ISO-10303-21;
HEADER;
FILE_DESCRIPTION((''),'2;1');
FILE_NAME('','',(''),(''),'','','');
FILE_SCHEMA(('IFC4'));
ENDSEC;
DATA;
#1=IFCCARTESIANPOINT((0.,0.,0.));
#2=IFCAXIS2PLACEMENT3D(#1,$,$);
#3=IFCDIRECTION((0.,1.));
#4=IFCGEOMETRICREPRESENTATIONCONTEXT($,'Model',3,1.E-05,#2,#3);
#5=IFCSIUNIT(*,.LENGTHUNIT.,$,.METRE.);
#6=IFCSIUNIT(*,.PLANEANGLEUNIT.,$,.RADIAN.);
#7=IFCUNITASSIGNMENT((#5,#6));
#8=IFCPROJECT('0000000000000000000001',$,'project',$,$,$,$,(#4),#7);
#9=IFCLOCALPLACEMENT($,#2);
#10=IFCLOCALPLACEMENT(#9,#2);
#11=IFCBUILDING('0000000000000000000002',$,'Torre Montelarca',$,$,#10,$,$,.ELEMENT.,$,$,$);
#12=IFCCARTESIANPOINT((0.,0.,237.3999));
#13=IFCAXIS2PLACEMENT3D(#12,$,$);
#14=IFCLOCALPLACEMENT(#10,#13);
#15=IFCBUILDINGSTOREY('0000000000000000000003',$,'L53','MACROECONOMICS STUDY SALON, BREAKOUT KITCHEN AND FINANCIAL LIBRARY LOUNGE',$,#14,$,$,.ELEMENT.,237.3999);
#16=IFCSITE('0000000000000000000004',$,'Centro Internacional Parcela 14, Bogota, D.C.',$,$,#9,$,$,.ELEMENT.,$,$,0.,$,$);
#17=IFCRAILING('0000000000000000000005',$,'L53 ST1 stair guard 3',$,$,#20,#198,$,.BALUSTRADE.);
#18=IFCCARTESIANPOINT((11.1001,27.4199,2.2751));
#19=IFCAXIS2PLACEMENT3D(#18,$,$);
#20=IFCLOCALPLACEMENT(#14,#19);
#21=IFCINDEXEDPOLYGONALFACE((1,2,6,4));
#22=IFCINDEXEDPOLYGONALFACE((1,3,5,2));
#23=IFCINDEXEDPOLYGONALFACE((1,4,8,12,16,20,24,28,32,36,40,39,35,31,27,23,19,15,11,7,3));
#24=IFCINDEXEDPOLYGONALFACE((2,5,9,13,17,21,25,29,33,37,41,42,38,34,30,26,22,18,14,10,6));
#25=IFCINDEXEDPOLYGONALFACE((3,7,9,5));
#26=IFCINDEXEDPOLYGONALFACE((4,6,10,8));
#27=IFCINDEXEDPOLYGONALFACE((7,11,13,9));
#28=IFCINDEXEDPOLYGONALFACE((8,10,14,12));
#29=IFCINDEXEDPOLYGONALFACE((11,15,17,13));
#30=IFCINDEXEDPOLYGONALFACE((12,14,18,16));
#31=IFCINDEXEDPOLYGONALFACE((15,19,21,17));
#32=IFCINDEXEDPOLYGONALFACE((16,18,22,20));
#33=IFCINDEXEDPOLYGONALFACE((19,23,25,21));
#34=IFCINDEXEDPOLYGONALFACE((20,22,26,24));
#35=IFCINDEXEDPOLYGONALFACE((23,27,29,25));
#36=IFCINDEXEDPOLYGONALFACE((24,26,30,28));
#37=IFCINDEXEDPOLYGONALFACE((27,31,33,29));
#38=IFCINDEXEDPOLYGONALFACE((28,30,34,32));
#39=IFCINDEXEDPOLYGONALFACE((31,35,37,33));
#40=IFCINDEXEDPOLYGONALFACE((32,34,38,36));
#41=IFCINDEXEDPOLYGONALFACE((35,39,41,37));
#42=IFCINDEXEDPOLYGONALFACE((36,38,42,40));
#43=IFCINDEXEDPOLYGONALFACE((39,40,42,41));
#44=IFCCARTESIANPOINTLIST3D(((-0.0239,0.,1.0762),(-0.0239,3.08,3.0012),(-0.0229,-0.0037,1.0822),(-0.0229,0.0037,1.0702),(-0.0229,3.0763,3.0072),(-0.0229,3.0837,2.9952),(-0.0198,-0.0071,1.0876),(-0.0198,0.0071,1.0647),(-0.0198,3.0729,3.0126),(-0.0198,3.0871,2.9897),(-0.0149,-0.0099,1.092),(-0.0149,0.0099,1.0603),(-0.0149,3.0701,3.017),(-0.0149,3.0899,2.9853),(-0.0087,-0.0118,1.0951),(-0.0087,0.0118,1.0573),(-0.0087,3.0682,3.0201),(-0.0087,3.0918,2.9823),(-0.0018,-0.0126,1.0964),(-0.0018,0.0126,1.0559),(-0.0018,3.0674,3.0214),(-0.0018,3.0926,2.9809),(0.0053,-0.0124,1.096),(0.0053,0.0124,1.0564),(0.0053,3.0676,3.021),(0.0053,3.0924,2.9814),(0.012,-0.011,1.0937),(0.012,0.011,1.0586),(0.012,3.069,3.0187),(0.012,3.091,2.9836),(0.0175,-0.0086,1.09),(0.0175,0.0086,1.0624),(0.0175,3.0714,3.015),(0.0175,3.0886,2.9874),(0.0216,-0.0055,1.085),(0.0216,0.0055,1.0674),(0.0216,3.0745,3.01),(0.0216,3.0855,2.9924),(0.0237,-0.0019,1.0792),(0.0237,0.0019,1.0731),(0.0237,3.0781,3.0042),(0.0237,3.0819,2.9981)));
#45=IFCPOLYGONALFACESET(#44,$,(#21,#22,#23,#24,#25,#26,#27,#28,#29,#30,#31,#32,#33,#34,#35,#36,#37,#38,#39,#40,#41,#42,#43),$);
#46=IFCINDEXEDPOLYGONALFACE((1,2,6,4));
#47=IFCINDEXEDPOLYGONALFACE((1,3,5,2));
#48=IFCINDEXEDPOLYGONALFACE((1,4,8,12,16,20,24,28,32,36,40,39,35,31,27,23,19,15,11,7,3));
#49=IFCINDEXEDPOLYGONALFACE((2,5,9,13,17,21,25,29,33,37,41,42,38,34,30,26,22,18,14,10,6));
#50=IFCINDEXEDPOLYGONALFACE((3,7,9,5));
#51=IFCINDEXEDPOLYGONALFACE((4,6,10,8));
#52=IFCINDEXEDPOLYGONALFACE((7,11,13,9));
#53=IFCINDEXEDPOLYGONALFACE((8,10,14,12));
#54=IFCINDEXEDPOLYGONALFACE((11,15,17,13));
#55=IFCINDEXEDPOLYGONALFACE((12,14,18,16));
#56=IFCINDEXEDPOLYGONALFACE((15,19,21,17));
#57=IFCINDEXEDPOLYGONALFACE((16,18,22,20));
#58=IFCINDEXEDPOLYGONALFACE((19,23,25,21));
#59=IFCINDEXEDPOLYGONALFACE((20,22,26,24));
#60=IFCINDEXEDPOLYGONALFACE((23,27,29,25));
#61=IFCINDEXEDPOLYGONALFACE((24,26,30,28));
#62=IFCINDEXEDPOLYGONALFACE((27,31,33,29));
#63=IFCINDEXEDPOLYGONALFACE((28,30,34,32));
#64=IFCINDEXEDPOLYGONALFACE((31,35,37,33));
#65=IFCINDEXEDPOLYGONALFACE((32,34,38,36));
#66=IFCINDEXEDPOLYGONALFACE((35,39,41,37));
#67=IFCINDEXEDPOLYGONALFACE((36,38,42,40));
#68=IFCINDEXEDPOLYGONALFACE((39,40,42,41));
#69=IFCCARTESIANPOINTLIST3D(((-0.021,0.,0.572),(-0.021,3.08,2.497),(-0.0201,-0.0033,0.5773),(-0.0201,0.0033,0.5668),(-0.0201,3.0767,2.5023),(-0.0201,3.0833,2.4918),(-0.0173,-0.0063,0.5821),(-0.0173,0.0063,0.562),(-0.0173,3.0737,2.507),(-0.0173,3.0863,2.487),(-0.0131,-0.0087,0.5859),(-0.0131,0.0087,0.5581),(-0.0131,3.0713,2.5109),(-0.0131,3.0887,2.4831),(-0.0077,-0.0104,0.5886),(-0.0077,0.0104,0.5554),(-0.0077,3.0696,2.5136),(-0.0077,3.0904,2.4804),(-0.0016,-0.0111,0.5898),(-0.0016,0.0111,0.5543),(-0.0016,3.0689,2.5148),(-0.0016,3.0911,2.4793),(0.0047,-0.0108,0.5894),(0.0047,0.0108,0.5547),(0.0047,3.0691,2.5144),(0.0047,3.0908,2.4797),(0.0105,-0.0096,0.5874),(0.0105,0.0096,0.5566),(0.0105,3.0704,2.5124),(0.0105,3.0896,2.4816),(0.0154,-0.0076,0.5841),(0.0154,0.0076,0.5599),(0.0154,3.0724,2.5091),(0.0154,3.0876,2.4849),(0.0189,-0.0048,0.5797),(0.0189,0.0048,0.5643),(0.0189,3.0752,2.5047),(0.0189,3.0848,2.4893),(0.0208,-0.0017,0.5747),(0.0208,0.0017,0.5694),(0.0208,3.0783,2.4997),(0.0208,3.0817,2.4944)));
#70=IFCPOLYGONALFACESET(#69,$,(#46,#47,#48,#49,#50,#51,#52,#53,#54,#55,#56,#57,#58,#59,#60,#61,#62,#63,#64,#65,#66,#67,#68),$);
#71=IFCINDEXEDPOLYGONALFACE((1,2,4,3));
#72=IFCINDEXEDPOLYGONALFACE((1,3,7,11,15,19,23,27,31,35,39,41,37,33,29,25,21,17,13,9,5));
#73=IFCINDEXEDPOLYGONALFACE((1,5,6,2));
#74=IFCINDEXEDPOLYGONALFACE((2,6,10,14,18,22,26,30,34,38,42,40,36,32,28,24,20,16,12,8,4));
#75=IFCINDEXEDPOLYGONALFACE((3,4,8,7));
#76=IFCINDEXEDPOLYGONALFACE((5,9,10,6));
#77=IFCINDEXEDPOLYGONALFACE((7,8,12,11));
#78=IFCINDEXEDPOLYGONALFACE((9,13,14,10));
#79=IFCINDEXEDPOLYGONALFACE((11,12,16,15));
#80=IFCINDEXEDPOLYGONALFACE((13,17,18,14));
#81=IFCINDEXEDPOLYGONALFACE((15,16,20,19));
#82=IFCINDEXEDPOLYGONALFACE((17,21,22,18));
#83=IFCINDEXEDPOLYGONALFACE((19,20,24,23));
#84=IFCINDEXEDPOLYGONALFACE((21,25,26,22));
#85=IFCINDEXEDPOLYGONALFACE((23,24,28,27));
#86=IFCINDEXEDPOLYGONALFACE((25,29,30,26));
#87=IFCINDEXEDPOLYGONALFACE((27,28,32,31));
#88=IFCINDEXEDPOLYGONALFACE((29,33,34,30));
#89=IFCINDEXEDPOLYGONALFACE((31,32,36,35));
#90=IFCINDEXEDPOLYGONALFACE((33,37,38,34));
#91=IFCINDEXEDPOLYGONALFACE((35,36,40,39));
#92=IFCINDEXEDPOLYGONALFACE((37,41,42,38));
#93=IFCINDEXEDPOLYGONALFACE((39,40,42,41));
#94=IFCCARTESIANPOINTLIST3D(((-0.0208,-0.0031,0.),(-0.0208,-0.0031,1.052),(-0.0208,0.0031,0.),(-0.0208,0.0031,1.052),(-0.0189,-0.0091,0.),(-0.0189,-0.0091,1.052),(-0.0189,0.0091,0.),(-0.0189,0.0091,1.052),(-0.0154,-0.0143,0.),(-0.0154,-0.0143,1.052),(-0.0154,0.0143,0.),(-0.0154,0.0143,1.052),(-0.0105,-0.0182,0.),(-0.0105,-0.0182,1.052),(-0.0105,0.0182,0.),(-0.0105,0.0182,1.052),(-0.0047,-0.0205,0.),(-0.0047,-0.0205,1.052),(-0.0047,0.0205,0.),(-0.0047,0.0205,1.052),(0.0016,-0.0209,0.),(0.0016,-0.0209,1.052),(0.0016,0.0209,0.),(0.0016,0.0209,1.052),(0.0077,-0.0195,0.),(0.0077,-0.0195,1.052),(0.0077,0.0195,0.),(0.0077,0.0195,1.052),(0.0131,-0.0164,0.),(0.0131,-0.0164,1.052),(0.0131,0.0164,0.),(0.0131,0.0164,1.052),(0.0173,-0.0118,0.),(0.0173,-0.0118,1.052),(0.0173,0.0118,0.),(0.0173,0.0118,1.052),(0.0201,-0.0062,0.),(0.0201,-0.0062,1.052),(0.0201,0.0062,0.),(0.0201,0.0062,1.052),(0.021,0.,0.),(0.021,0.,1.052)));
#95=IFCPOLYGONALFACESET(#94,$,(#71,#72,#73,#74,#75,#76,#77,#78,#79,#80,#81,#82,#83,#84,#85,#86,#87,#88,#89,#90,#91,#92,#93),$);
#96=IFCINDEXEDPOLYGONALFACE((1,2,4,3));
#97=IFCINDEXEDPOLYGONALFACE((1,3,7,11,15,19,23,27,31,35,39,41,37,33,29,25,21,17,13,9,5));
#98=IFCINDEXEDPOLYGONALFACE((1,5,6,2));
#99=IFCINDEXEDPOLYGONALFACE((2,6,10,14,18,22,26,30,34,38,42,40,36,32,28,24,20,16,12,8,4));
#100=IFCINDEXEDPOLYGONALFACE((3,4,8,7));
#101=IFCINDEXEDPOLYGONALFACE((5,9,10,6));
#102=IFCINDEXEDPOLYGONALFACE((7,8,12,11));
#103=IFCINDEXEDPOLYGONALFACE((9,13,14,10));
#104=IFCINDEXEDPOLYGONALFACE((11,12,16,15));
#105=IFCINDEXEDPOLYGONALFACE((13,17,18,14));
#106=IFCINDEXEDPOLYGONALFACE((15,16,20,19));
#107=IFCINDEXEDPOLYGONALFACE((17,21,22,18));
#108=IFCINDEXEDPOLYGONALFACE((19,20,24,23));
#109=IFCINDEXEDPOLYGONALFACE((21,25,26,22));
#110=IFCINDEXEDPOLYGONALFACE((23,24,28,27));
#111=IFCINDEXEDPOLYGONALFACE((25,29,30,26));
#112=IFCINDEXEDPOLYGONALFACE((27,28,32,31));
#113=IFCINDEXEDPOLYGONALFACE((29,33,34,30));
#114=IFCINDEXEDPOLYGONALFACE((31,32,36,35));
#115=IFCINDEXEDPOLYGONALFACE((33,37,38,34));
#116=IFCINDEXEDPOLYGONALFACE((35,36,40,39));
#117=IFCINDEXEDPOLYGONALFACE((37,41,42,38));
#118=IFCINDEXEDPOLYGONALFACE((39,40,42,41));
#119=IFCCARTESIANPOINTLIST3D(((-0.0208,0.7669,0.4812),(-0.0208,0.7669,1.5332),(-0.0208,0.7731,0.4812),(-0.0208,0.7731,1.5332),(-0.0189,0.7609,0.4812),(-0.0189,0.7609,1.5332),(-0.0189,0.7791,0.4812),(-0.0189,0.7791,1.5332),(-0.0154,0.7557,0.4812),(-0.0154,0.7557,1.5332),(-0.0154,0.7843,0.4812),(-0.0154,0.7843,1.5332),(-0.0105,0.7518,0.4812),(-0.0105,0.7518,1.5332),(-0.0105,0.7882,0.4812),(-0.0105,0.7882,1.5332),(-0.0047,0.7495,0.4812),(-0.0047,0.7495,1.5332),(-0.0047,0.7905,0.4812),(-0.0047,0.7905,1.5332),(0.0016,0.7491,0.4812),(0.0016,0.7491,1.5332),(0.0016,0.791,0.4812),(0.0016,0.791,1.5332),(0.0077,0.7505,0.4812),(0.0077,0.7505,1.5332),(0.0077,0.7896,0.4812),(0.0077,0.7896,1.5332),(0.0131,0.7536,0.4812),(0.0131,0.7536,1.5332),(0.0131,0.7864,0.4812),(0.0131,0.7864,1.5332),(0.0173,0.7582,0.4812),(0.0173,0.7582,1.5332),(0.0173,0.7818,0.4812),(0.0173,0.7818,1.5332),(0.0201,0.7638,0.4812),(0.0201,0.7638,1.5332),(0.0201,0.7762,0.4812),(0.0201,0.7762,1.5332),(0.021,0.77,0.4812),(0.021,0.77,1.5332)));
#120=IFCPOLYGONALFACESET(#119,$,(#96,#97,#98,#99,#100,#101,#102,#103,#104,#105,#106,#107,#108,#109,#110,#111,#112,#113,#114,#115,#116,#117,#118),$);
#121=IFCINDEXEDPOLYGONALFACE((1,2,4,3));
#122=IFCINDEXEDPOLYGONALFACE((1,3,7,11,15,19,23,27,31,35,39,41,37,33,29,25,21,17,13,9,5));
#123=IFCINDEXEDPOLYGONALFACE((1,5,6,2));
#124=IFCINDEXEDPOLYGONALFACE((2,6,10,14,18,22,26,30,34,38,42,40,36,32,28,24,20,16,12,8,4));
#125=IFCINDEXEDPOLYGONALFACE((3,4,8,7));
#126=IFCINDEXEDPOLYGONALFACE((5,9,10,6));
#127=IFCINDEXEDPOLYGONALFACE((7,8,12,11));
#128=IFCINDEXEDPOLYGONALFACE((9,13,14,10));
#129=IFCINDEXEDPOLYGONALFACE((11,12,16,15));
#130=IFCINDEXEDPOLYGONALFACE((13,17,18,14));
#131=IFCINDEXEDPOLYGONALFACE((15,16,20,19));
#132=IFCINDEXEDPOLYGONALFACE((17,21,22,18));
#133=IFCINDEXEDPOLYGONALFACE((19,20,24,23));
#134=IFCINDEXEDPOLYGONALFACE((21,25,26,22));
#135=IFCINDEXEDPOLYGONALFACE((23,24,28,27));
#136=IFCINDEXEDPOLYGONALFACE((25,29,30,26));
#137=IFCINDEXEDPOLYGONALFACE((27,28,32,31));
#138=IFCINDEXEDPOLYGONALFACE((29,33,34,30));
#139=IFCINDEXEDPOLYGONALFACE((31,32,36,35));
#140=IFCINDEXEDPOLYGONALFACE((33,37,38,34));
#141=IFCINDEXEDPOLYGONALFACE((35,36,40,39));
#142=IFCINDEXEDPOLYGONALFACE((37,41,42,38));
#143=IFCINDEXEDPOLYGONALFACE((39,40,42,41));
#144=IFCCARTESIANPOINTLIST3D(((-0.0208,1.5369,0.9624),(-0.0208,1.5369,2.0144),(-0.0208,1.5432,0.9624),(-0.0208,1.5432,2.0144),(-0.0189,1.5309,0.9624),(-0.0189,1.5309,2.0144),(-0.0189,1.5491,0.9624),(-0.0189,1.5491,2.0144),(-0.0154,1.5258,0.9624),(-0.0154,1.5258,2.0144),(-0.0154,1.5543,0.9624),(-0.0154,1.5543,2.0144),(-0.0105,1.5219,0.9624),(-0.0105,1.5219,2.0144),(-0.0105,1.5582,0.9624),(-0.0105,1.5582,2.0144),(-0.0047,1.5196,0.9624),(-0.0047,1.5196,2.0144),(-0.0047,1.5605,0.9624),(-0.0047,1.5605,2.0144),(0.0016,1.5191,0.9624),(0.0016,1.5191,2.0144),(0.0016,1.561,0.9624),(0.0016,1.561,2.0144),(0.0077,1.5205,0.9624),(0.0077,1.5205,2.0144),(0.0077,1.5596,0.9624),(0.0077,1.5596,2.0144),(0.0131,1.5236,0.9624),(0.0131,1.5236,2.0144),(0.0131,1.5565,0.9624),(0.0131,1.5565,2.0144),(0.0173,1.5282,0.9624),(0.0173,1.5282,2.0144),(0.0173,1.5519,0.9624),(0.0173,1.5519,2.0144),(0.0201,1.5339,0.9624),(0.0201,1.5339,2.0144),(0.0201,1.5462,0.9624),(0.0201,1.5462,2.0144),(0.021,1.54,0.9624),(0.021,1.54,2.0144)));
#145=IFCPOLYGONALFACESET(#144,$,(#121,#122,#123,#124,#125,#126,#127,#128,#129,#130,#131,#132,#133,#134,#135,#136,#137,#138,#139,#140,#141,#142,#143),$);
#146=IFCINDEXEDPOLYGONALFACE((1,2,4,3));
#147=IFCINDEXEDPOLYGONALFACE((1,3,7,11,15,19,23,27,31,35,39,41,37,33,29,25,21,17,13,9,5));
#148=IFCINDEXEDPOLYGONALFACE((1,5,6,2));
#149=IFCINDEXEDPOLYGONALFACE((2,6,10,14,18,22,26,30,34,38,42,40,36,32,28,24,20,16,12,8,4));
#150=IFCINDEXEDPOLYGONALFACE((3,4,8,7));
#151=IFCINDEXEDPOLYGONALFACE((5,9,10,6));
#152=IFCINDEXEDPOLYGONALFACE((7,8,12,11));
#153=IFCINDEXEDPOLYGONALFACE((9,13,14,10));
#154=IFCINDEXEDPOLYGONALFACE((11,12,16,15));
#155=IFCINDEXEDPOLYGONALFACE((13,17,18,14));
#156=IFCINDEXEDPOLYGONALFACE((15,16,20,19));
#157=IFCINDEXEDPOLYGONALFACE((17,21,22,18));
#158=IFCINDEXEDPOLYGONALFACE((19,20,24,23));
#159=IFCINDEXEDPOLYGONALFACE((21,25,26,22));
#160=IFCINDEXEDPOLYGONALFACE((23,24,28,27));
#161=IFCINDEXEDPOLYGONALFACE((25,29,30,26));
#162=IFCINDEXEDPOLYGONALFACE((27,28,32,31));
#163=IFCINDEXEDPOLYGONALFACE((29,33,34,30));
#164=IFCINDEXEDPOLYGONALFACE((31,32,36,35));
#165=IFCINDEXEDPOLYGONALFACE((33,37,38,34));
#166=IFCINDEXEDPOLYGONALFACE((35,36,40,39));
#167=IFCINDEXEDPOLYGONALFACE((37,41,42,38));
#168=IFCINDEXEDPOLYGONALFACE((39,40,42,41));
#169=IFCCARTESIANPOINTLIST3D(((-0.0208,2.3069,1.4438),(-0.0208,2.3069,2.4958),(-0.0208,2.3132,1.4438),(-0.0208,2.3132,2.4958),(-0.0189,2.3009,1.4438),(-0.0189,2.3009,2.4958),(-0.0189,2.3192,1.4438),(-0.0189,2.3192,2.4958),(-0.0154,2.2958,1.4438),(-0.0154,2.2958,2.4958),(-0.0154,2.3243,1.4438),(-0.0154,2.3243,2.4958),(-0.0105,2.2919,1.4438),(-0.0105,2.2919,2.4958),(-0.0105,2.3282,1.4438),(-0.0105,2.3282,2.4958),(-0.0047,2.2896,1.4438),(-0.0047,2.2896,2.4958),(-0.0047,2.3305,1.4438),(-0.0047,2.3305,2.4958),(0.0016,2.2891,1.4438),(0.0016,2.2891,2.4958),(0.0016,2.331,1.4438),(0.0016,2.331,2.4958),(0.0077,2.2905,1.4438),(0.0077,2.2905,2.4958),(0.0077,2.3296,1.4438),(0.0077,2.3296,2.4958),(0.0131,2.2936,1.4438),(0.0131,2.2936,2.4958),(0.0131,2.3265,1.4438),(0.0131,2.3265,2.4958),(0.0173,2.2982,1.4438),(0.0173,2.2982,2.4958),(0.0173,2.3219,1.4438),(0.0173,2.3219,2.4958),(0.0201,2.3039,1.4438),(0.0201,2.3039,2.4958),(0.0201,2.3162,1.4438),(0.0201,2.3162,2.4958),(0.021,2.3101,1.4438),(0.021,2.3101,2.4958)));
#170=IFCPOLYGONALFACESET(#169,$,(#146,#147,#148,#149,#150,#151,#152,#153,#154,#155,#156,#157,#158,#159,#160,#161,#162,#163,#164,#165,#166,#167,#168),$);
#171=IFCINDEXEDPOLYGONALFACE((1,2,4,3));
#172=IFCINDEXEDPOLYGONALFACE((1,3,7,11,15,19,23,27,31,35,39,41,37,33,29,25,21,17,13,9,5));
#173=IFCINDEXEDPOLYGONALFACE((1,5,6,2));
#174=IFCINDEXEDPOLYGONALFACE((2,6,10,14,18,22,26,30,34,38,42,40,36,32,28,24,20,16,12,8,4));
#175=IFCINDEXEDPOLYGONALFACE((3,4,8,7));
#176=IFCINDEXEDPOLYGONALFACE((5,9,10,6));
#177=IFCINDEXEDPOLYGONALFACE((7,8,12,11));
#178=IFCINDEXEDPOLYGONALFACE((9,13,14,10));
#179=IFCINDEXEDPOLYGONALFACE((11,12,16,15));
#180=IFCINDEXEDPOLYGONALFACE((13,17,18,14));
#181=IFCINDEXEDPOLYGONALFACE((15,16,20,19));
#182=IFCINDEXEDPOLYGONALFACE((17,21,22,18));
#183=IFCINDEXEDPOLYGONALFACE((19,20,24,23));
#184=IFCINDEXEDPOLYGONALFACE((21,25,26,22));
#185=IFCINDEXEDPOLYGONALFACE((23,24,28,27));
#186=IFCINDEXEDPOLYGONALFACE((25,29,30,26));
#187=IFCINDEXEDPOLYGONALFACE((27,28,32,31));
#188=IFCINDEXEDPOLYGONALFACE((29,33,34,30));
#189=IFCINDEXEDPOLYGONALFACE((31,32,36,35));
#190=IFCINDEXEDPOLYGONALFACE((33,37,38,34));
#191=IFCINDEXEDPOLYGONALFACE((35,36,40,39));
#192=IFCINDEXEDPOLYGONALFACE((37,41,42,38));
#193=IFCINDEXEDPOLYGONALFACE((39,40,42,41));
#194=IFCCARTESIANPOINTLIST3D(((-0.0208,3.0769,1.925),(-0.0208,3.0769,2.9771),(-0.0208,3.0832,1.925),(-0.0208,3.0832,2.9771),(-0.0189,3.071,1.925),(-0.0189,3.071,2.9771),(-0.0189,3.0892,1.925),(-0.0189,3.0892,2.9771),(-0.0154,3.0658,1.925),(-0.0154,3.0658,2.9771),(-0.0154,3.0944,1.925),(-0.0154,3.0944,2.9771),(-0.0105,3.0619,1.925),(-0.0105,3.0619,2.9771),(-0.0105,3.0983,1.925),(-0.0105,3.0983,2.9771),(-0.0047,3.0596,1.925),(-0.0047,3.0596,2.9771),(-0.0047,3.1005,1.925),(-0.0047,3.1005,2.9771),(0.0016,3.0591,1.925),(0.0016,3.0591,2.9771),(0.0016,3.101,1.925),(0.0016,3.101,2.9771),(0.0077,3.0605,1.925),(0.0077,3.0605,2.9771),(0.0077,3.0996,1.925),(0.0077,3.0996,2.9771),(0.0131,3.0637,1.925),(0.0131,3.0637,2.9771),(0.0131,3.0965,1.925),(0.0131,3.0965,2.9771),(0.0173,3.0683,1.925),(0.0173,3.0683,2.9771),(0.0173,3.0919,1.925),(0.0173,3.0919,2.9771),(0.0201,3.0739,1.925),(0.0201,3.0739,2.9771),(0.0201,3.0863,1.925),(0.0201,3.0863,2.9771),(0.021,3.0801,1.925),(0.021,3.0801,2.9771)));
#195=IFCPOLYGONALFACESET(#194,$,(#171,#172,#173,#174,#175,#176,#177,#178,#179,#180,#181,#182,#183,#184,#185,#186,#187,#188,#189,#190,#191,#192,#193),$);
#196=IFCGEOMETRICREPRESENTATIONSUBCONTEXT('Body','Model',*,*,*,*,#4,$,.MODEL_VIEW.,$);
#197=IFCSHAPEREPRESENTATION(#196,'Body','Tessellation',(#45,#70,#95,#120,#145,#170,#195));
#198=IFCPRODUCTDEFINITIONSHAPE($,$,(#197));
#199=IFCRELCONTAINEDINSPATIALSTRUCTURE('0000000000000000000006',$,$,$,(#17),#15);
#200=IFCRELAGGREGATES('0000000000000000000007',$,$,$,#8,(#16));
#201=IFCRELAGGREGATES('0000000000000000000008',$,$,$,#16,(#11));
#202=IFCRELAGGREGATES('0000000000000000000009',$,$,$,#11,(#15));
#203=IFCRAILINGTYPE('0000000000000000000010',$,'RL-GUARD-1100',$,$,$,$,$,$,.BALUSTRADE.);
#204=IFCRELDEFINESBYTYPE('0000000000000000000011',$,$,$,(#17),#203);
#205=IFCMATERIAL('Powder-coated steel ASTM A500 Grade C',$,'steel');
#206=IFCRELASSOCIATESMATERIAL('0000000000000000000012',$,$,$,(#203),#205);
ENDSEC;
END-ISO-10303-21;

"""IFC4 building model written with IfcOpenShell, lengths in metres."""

from ifc_helpers import new_model, si_unit, direction, frame, origin, origin_2d, place, context, subcontext, project, spatial, circle, extrude, material, type_object, element, save


model = new_model("IFC4")

# Units and contexts
model_context = context("Model", 3, precision=1e-05, world=origin(), true_north=direction((0.0, 1.0)))
body_context = subcontext(model_context, "Body", "Model", "MODEL_VIEW")
ifc_project = project(units=[si_unit("LENGTHUNIT", "METRE"), si_unit("PLANEANGLEUNIT", "RADIAN")], contexts=[model_context])

# Site, building, storey
site_placement = place(None, origin())
site = spatial("IfcSite", under=ifc_project, at=site_placement, Name="Centro Internacional Parcela 14, Bogota, D.C.", CompositionType="ELEMENT", RefElevation=0.0)
building_placement = place(site_placement, origin())
building = spatial("IfcBuilding", under=site, at=building_placement, Name="Torre Montelarca", CompositionType="ELEMENT")
storey_placement = place(building_placement, frame((0.0, 0.0, 237.3999)))
storey = spatial("IfcBuildingStorey", under=building, at=storey_placement, Name="L53", Description="MACROECONOMICS STUDY SALON, BREAKOUT KITCHEN AND FINANCIAL LIBRARY LOUNGE", CompositionType="ELEMENT", Elevation=237.3999)

# Railing
ifc_material_1 = material(Name="Powder-coated steel ASTM A500 Grade C", Category="steel")
railing_type_1 = type_object("IfcRailingType", Name="RL-GUARD-1100", PredefinedType="BALUSTRADE", material=ifc_material_1)
railing_1_placement = place(storey_placement, frame((11.1001, 27.4199, 2.2751)))
element("IfcRailing", 1, at=railing_1_placement, inside=storey, type_object=railing_type_1, Name="L53 ST1 stair guard 3", PredefinedType="BALUSTRADE", context=body_context, shape_type="SweptSolid", body=[
    extrude(circle(Radius=0.0239, at=origin_2d()), frame((0.0, 0.0, 1.0762), z_axis=(0.0, 0.847998, 0.529999), x_axis=(-1.0, 0.0, 0.0)), (0.0, 0.0, 1.0), 3.6321),
    extrude(circle(Radius=0.021, at=origin_2d()), frame((0.0, 0.0, 0.572), z_axis=(0.0, 0.847998, 0.529999), x_axis=(-1.0, 0.0, 0.0)), (0.0, 0.0, 1.0), 3.6321),
    extrude(circle(Radius=0.021, at=origin_2d()), origin(), (0.0, 0.0, 1.0), 1.052),
    extrude(circle(Radius=0.021, at=origin_2d()), frame((0.0, 0.77, 0.4812)), (0.0, 0.0, 1.0), 1.052),
    extrude(circle(Radius=0.021, at=origin_2d()), frame((0.0, 1.54, 0.9624)), (0.0, 0.0, 1.0), 1.052),
    extrude(circle(Radius=0.021, at=origin_2d()), frame((0.0, 2.3101, 1.4438)), (0.0, 0.0, 1.0), 1.052),
    extrude(circle(Radius=0.021, at=origin_2d()), frame((0.0, 3.0801, 1.925)), (0.0, 0.0, 1.0), 1.052),
])

save(model, "model.ifc")
